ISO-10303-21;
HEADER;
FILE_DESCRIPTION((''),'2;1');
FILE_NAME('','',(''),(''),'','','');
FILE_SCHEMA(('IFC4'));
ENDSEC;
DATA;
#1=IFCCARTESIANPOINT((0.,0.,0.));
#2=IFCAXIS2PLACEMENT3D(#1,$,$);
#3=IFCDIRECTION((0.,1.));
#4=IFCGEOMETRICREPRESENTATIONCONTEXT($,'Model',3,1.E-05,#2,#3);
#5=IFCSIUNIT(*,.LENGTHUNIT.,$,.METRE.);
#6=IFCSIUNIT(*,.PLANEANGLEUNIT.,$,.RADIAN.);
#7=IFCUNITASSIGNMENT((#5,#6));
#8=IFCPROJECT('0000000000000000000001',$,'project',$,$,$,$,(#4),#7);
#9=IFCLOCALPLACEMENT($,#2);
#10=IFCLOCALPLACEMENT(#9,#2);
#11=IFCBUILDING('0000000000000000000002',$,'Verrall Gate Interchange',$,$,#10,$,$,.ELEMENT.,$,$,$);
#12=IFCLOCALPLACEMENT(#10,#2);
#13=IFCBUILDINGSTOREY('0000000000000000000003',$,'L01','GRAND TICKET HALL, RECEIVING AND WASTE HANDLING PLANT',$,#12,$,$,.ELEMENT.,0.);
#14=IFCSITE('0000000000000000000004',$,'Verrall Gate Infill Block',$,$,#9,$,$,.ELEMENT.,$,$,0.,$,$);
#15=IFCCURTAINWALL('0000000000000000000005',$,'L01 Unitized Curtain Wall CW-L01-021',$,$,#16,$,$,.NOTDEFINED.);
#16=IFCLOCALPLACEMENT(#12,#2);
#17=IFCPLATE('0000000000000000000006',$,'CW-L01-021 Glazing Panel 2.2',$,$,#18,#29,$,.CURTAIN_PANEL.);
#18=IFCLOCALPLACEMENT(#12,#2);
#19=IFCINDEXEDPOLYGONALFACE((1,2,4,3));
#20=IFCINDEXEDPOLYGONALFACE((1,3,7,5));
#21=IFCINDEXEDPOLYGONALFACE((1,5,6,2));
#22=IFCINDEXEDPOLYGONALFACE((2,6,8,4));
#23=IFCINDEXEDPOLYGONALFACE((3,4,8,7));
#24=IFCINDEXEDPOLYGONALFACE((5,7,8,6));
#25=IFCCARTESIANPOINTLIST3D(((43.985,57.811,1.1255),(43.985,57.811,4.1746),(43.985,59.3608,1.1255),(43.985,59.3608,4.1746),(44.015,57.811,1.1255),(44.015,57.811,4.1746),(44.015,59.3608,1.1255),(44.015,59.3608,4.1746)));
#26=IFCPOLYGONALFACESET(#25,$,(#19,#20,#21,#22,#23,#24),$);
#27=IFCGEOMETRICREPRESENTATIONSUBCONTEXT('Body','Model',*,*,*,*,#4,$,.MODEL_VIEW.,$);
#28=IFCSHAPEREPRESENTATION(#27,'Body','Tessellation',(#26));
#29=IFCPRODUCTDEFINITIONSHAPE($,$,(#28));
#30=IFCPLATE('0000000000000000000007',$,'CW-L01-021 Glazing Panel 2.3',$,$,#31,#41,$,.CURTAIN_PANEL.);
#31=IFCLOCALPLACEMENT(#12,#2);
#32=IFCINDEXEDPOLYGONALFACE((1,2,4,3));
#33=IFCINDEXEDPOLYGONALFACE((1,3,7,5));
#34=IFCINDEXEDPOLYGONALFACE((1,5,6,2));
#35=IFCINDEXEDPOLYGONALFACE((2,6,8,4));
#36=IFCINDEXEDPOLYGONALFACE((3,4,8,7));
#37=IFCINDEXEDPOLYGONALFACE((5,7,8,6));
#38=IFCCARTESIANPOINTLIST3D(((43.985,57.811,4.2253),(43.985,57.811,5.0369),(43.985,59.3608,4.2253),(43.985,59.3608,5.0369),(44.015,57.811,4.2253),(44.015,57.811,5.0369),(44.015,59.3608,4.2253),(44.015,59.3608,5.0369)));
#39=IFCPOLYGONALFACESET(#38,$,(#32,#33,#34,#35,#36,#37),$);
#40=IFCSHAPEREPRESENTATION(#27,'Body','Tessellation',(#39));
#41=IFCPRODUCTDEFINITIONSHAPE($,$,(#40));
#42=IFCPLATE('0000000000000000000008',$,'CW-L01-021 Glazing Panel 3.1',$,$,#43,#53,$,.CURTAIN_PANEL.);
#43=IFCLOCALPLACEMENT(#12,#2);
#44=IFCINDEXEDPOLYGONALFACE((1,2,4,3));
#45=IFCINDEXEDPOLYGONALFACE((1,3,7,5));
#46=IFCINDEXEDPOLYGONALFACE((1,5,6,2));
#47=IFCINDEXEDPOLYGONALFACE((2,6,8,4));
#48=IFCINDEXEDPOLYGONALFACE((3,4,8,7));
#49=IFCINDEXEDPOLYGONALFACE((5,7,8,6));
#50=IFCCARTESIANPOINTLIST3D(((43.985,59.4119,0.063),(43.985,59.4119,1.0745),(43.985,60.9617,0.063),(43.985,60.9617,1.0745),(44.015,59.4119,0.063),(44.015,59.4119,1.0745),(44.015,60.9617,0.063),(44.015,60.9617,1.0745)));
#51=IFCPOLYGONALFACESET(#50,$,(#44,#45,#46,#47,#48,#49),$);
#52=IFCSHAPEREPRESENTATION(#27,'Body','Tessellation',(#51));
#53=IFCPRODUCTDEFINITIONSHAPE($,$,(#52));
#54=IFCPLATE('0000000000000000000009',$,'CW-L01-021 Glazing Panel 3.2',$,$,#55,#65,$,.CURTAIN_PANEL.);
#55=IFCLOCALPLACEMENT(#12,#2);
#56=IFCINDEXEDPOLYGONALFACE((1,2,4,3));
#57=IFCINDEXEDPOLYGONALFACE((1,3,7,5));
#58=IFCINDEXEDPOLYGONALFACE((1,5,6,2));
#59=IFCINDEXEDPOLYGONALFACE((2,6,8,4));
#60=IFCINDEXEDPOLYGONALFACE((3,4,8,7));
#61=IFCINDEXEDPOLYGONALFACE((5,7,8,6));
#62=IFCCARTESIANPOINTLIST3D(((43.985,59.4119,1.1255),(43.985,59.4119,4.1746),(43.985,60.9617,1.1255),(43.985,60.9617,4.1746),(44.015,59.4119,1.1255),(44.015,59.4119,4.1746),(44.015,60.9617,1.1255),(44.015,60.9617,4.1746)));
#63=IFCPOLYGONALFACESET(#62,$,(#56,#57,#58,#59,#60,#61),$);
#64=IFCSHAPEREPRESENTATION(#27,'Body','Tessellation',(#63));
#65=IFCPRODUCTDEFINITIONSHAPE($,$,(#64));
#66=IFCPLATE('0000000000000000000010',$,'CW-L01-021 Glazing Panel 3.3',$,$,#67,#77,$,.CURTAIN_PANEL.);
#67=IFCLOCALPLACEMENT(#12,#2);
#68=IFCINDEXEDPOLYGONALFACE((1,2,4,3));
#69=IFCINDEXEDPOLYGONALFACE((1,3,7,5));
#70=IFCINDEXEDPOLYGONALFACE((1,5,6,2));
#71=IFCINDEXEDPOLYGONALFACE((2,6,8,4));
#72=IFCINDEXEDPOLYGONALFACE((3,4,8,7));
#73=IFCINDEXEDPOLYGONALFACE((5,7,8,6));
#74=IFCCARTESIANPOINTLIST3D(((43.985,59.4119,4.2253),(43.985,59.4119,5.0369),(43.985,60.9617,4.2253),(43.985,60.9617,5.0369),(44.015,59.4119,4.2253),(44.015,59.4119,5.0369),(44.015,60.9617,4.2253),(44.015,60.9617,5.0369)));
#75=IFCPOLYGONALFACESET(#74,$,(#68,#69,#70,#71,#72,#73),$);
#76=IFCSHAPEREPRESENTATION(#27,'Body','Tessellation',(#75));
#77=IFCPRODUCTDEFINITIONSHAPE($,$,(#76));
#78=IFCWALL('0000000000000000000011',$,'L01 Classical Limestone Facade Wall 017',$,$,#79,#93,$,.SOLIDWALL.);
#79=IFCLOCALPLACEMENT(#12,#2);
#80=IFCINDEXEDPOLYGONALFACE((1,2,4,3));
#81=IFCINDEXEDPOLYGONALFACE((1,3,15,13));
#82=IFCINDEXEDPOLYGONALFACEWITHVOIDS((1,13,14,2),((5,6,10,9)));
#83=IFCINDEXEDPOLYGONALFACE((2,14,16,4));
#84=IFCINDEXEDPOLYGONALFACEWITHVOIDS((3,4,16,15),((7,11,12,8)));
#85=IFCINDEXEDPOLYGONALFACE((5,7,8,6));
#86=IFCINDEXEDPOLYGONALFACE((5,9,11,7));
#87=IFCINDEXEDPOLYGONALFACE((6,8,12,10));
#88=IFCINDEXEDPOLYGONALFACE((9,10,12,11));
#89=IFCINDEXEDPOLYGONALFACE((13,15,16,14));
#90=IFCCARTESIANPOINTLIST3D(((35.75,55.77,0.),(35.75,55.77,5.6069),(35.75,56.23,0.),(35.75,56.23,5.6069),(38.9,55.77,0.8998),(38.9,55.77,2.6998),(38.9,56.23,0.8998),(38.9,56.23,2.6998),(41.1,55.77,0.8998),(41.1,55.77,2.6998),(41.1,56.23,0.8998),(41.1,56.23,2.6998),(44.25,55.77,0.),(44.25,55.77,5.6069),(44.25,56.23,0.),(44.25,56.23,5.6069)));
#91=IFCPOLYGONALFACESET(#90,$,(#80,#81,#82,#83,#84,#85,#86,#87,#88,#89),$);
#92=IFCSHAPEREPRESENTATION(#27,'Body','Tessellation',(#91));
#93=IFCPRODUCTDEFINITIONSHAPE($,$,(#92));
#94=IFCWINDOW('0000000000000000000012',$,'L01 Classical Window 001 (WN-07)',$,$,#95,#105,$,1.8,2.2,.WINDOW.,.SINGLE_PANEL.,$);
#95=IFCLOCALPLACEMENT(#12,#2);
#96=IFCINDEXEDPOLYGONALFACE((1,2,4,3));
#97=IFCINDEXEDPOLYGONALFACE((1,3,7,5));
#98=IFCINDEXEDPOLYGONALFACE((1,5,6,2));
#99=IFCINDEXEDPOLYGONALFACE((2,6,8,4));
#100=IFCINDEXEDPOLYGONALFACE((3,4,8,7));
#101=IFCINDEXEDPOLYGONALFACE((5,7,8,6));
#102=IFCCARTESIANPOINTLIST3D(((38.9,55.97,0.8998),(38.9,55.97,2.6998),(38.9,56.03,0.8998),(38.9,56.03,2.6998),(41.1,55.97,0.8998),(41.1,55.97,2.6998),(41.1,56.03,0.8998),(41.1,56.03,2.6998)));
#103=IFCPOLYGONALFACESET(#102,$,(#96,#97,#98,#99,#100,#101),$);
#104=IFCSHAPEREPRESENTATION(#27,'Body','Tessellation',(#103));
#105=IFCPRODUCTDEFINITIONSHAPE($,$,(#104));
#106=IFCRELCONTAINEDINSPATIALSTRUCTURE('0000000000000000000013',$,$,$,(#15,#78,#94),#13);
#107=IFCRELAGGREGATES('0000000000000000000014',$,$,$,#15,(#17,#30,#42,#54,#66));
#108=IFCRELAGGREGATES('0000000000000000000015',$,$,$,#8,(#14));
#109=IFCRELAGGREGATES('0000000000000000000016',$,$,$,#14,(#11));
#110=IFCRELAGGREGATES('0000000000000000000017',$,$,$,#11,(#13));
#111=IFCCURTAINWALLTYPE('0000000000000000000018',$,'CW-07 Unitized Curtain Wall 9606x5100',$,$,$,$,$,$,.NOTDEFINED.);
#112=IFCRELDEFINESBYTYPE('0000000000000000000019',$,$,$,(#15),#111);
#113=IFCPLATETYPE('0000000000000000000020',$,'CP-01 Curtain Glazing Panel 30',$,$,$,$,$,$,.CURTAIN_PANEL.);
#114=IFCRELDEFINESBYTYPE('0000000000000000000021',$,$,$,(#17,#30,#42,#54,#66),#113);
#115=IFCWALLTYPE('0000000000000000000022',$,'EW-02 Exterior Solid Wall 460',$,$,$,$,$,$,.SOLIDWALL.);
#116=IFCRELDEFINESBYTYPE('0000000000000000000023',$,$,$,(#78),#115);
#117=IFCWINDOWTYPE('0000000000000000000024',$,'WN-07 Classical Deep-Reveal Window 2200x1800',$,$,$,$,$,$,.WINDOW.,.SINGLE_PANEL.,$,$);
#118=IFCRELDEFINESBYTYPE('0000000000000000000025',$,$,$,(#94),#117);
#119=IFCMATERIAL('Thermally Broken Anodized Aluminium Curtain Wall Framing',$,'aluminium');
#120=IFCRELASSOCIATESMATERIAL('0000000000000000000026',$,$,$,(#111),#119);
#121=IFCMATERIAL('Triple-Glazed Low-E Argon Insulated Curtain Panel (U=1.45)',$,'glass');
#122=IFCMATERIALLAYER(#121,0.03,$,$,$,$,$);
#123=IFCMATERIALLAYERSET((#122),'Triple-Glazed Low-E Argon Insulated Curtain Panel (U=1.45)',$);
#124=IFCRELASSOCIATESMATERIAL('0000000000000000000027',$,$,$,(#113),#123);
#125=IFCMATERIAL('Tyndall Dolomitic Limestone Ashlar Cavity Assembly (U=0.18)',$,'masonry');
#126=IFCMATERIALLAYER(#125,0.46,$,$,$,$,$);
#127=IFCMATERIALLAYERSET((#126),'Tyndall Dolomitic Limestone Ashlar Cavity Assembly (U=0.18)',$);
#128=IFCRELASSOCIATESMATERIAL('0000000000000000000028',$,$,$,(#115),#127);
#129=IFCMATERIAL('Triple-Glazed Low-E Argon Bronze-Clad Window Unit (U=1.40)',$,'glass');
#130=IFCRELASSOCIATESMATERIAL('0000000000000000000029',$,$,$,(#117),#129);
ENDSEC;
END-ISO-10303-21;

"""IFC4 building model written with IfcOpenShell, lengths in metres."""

from ifc_helpers import new_model, si_unit, direction, frame, frame_2d, origin, origin_2d, place, context, subcontext, project, spatial, rectangle, extrude, material, layer, layer_set, type_object, element, fill, aggregate, save


model = new_model("IFC4")

# Units and contexts
model_context = context("Model", 3, precision=1e-05, world=origin(), true_north=direction((0.0, 1.0)))
body_context = subcontext(model_context, "Body", "Model", "MODEL_VIEW")
ifc_project = project(units=[si_unit("LENGTHUNIT", "METRE"), si_unit("PLANEANGLEUNIT", "RADIAN")], contexts=[model_context])

# Site, building, storey
site_placement = place(None, origin())
site = spatial("IfcSite", under=ifc_project, at=site_placement, Name="Verrall Gate Infill Block", CompositionType="ELEMENT", RefElevation=0.0)
building_placement = place(site_placement, origin())
building = spatial("IfcBuilding", under=site, at=building_placement, Name="Verrall Gate Interchange", CompositionType="ELEMENT")
storey_placement = place(building_placement, origin())
storey = spatial("IfcBuildingStorey", under=building, at=storey_placement, Name="L01", Description="GRAND TICKET HALL, RECEIVING AND WASTE HANDLING PLANT", CompositionType="ELEMENT", Elevation=0.0)

# Curtain wall
ifc_material_1 = material(Name="Thermally Broken Anodized Aluminium Curtain Wall Framing", Category="aluminium")
curtain_wall_type = type_object("IfcCurtainWallType", Name="CW-07 Unitized Curtain Wall 9606x5100", PredefinedType="NOTDEFINED", material=ifc_material_1)
curtain_wall_placement = place(storey_placement, origin())
curtain_wall = element("IfcCurtainWall", 1, at=curtain_wall_placement, inside=storey, type_object=curtain_wall_type, Name="L01 Unitized Curtain Wall CW-L01-021", PredefinedType="NOTDEFINED")

# Plates
ifc_material_2 = material(Name="Triple-Glazed Low-E Argon Insulated Curtain Panel (U=1.45)", Category="glass")
ifc_layer_1 = layer(ifc_material_2, 0.03)
ifc_layer_set_1 = layer_set([ifc_layer_1], Name="Triple-Glazed Low-E Argon Insulated Curtain Panel (U=1.45)")
plate_type_1 = type_object("IfcPlateType", Name="CP-01 Curtain Glazing Panel 30", PredefinedType="CURTAIN_PANEL", material=ifc_layer_set_1)
plate_1_placement = place(storey_placement, frame((44.0, 58.5859, 1.1255), z_axis=(0.0, 0.0, 1.0), x_axis=(0.0, 1.0, 0.0)))
plate_1 = element("IfcPlate", 2, at=plate_1_placement, type_object=plate_type_1, Name="CW-L01-021 Glazing Panel 2.2", PredefinedType="CURTAIN_PANEL", context=body_context, shape_type="SweptSolid", body=[
    extrude(rectangle(XDim=1.5498, YDim=0.03, at=origin_2d()), origin(), (0.0, 0.0, 1.0), 3.0491),
])
plate_2_placement = place(storey_placement, frame((44.0, 58.5859, 4.2253), z_axis=(0.0, 0.0, 1.0), x_axis=(0.0, 1.0, 0.0)))
plate_2 = element("IfcPlate", 3, at=plate_2_placement, type_object=plate_type_1, Name="CW-L01-021 Glazing Panel 2.3", PredefinedType="CURTAIN_PANEL", context=body_context, shape_type="SweptSolid", body=[
    extrude(rectangle(XDim=1.5498, YDim=0.03, at=origin_2d()), origin(), (0.0, 0.0, 1.0), 0.8115),
])
plate_3_placement = place(storey_placement, frame((44.0, 60.1868, 0.063), z_axis=(0.0, 0.0, 1.0), x_axis=(0.0, 1.0, 0.0)))
plate_3 = element("IfcPlate", 4, at=plate_3_placement, type_object=plate_type_1, Name="CW-L01-021 Glazing Panel 3.1", PredefinedType="CURTAIN_PANEL", context=body_context, shape_type="SweptSolid", body=[
    extrude(rectangle(XDim=1.5498, YDim=0.03, at=origin_2d()), origin(), (0.0, 0.0, 1.0), 1.0115),
])
plate_4_placement = place(storey_placement, frame((44.0, 60.1868, 1.1255), z_axis=(0.0, 0.0, 1.0), x_axis=(0.0, 1.0, 0.0)))
plate_4 = element("IfcPlate", 5, at=plate_4_placement, type_object=plate_type_1, Name="CW-L01-021 Glazing Panel 3.2", PredefinedType="CURTAIN_PANEL", context=body_context, shape_type="SweptSolid", body=[
    extrude(rectangle(XDim=1.5498, YDim=0.03, at=origin_2d()), origin(), (0.0, 0.0, 1.0), 3.0491),
])
plate_5_placement = place(storey_placement, frame((44.0, 60.1868, 4.2253), z_axis=(0.0, 0.0, 1.0), x_axis=(0.0, 1.0, 0.0)))
plate_5 = element("IfcPlate", 6, at=plate_5_placement, type_object=plate_type_1, Name="CW-L01-021 Glazing Panel 3.3", PredefinedType="CURTAIN_PANEL", context=body_context, shape_type="SweptSolid", body=[
    extrude(rectangle(XDim=1.5498, YDim=0.03, at=origin_2d()), origin(), (0.0, 0.0, 1.0), 0.8115),
])
aggregate(curtain_wall, [plate_1, plate_2, plate_3, plate_4, plate_5])

# Wall, opening, window
ifc_material_3 = material(Name="Tyndall Dolomitic Limestone Ashlar Cavity Assembly (U=0.18)", Category="masonry")
ifc_layer_2 = layer(ifc_material_3, 0.46)
ifc_layer_set_2 = layer_set([ifc_layer_2], Name="Tyndall Dolomitic Limestone Ashlar Cavity Assembly (U=0.18)")
wall_type = type_object("IfcWallType", Name="EW-02 Exterior Solid Wall 460", PredefinedType="SOLIDWALL", material=ifc_layer_set_2)
wall_placement = place(storey_placement, frame((44.25, 56.0, 0.0), z_axis=(0.0, 0.0, 1.0), x_axis=(-1.0, 0.0, 0.0)))
wall = element("IfcWall", 7, at=wall_placement, inside=storey, type_object=wall_type, Name="L01 Classical Limestone Facade Wall 017", PredefinedType="SOLIDWALL", context=body_context, shape_type="SweptSolid", body=[
    extrude(rectangle(XDim=8.5, YDim=0.46, at=frame_2d((4.25, 0.0))), origin(), (0.0, 0.0, 1.0), 5.6069),
])
opening_placement = place(wall_placement, frame((3.1499, 0.0, 0.8999)))
opening = element("IfcOpeningElement", 8, at=opening_placement, cuts=wall, PredefinedType="OPENING", context=body_context, shape_type="SweptSolid", body=[
    extrude(rectangle(XDim=2.2, YDim=1.8, at=frame_2d((1.1001, 0.8999))), frame((0.0, 0.2449, 0.0), z_axis=(0.0, -1.0, 0.0), x_axis=(1.0, 0.0, 0.0)), (0.0, 0.0, 1.0), 0.4897),
])
ifc_material_4 = material(Name="Triple-Glazed Low-E Argon Bronze-Clad Window Unit (U=1.40)", Category="glass")
window_type = type_object("IfcWindowType", Name="WN-07 Classical Deep-Reveal Window 2200x1800", PartitioningType="SINGLE_PANEL", PredefinedType="WINDOW", material=ifc_material_4)
window_placement = place(opening_placement, origin())
window = element("IfcWindow", 9, at=window_placement, inside=storey, type_object=window_type, Name="L01 Classical Window 001 (WN-07)", OverallHeight=1.8, OverallWidth=2.2, PartitioningType="SINGLE_PANEL", PredefinedType="WINDOW", context=body_context, shape_type="SweptSolid", body=[
    extrude(rectangle(XDim=2.2, YDim=1.8, at=frame_2d((1.1001, 0.8999))), frame((0.0, 0.03, 0.0), z_axis=(0.0, -1.0, 0.0), x_axis=(1.0, 0.0, 0.0)), (0.0, 0.0, 1.0), 0.0601),
])
fill(opening, window)

save(model, "model.ifc")
